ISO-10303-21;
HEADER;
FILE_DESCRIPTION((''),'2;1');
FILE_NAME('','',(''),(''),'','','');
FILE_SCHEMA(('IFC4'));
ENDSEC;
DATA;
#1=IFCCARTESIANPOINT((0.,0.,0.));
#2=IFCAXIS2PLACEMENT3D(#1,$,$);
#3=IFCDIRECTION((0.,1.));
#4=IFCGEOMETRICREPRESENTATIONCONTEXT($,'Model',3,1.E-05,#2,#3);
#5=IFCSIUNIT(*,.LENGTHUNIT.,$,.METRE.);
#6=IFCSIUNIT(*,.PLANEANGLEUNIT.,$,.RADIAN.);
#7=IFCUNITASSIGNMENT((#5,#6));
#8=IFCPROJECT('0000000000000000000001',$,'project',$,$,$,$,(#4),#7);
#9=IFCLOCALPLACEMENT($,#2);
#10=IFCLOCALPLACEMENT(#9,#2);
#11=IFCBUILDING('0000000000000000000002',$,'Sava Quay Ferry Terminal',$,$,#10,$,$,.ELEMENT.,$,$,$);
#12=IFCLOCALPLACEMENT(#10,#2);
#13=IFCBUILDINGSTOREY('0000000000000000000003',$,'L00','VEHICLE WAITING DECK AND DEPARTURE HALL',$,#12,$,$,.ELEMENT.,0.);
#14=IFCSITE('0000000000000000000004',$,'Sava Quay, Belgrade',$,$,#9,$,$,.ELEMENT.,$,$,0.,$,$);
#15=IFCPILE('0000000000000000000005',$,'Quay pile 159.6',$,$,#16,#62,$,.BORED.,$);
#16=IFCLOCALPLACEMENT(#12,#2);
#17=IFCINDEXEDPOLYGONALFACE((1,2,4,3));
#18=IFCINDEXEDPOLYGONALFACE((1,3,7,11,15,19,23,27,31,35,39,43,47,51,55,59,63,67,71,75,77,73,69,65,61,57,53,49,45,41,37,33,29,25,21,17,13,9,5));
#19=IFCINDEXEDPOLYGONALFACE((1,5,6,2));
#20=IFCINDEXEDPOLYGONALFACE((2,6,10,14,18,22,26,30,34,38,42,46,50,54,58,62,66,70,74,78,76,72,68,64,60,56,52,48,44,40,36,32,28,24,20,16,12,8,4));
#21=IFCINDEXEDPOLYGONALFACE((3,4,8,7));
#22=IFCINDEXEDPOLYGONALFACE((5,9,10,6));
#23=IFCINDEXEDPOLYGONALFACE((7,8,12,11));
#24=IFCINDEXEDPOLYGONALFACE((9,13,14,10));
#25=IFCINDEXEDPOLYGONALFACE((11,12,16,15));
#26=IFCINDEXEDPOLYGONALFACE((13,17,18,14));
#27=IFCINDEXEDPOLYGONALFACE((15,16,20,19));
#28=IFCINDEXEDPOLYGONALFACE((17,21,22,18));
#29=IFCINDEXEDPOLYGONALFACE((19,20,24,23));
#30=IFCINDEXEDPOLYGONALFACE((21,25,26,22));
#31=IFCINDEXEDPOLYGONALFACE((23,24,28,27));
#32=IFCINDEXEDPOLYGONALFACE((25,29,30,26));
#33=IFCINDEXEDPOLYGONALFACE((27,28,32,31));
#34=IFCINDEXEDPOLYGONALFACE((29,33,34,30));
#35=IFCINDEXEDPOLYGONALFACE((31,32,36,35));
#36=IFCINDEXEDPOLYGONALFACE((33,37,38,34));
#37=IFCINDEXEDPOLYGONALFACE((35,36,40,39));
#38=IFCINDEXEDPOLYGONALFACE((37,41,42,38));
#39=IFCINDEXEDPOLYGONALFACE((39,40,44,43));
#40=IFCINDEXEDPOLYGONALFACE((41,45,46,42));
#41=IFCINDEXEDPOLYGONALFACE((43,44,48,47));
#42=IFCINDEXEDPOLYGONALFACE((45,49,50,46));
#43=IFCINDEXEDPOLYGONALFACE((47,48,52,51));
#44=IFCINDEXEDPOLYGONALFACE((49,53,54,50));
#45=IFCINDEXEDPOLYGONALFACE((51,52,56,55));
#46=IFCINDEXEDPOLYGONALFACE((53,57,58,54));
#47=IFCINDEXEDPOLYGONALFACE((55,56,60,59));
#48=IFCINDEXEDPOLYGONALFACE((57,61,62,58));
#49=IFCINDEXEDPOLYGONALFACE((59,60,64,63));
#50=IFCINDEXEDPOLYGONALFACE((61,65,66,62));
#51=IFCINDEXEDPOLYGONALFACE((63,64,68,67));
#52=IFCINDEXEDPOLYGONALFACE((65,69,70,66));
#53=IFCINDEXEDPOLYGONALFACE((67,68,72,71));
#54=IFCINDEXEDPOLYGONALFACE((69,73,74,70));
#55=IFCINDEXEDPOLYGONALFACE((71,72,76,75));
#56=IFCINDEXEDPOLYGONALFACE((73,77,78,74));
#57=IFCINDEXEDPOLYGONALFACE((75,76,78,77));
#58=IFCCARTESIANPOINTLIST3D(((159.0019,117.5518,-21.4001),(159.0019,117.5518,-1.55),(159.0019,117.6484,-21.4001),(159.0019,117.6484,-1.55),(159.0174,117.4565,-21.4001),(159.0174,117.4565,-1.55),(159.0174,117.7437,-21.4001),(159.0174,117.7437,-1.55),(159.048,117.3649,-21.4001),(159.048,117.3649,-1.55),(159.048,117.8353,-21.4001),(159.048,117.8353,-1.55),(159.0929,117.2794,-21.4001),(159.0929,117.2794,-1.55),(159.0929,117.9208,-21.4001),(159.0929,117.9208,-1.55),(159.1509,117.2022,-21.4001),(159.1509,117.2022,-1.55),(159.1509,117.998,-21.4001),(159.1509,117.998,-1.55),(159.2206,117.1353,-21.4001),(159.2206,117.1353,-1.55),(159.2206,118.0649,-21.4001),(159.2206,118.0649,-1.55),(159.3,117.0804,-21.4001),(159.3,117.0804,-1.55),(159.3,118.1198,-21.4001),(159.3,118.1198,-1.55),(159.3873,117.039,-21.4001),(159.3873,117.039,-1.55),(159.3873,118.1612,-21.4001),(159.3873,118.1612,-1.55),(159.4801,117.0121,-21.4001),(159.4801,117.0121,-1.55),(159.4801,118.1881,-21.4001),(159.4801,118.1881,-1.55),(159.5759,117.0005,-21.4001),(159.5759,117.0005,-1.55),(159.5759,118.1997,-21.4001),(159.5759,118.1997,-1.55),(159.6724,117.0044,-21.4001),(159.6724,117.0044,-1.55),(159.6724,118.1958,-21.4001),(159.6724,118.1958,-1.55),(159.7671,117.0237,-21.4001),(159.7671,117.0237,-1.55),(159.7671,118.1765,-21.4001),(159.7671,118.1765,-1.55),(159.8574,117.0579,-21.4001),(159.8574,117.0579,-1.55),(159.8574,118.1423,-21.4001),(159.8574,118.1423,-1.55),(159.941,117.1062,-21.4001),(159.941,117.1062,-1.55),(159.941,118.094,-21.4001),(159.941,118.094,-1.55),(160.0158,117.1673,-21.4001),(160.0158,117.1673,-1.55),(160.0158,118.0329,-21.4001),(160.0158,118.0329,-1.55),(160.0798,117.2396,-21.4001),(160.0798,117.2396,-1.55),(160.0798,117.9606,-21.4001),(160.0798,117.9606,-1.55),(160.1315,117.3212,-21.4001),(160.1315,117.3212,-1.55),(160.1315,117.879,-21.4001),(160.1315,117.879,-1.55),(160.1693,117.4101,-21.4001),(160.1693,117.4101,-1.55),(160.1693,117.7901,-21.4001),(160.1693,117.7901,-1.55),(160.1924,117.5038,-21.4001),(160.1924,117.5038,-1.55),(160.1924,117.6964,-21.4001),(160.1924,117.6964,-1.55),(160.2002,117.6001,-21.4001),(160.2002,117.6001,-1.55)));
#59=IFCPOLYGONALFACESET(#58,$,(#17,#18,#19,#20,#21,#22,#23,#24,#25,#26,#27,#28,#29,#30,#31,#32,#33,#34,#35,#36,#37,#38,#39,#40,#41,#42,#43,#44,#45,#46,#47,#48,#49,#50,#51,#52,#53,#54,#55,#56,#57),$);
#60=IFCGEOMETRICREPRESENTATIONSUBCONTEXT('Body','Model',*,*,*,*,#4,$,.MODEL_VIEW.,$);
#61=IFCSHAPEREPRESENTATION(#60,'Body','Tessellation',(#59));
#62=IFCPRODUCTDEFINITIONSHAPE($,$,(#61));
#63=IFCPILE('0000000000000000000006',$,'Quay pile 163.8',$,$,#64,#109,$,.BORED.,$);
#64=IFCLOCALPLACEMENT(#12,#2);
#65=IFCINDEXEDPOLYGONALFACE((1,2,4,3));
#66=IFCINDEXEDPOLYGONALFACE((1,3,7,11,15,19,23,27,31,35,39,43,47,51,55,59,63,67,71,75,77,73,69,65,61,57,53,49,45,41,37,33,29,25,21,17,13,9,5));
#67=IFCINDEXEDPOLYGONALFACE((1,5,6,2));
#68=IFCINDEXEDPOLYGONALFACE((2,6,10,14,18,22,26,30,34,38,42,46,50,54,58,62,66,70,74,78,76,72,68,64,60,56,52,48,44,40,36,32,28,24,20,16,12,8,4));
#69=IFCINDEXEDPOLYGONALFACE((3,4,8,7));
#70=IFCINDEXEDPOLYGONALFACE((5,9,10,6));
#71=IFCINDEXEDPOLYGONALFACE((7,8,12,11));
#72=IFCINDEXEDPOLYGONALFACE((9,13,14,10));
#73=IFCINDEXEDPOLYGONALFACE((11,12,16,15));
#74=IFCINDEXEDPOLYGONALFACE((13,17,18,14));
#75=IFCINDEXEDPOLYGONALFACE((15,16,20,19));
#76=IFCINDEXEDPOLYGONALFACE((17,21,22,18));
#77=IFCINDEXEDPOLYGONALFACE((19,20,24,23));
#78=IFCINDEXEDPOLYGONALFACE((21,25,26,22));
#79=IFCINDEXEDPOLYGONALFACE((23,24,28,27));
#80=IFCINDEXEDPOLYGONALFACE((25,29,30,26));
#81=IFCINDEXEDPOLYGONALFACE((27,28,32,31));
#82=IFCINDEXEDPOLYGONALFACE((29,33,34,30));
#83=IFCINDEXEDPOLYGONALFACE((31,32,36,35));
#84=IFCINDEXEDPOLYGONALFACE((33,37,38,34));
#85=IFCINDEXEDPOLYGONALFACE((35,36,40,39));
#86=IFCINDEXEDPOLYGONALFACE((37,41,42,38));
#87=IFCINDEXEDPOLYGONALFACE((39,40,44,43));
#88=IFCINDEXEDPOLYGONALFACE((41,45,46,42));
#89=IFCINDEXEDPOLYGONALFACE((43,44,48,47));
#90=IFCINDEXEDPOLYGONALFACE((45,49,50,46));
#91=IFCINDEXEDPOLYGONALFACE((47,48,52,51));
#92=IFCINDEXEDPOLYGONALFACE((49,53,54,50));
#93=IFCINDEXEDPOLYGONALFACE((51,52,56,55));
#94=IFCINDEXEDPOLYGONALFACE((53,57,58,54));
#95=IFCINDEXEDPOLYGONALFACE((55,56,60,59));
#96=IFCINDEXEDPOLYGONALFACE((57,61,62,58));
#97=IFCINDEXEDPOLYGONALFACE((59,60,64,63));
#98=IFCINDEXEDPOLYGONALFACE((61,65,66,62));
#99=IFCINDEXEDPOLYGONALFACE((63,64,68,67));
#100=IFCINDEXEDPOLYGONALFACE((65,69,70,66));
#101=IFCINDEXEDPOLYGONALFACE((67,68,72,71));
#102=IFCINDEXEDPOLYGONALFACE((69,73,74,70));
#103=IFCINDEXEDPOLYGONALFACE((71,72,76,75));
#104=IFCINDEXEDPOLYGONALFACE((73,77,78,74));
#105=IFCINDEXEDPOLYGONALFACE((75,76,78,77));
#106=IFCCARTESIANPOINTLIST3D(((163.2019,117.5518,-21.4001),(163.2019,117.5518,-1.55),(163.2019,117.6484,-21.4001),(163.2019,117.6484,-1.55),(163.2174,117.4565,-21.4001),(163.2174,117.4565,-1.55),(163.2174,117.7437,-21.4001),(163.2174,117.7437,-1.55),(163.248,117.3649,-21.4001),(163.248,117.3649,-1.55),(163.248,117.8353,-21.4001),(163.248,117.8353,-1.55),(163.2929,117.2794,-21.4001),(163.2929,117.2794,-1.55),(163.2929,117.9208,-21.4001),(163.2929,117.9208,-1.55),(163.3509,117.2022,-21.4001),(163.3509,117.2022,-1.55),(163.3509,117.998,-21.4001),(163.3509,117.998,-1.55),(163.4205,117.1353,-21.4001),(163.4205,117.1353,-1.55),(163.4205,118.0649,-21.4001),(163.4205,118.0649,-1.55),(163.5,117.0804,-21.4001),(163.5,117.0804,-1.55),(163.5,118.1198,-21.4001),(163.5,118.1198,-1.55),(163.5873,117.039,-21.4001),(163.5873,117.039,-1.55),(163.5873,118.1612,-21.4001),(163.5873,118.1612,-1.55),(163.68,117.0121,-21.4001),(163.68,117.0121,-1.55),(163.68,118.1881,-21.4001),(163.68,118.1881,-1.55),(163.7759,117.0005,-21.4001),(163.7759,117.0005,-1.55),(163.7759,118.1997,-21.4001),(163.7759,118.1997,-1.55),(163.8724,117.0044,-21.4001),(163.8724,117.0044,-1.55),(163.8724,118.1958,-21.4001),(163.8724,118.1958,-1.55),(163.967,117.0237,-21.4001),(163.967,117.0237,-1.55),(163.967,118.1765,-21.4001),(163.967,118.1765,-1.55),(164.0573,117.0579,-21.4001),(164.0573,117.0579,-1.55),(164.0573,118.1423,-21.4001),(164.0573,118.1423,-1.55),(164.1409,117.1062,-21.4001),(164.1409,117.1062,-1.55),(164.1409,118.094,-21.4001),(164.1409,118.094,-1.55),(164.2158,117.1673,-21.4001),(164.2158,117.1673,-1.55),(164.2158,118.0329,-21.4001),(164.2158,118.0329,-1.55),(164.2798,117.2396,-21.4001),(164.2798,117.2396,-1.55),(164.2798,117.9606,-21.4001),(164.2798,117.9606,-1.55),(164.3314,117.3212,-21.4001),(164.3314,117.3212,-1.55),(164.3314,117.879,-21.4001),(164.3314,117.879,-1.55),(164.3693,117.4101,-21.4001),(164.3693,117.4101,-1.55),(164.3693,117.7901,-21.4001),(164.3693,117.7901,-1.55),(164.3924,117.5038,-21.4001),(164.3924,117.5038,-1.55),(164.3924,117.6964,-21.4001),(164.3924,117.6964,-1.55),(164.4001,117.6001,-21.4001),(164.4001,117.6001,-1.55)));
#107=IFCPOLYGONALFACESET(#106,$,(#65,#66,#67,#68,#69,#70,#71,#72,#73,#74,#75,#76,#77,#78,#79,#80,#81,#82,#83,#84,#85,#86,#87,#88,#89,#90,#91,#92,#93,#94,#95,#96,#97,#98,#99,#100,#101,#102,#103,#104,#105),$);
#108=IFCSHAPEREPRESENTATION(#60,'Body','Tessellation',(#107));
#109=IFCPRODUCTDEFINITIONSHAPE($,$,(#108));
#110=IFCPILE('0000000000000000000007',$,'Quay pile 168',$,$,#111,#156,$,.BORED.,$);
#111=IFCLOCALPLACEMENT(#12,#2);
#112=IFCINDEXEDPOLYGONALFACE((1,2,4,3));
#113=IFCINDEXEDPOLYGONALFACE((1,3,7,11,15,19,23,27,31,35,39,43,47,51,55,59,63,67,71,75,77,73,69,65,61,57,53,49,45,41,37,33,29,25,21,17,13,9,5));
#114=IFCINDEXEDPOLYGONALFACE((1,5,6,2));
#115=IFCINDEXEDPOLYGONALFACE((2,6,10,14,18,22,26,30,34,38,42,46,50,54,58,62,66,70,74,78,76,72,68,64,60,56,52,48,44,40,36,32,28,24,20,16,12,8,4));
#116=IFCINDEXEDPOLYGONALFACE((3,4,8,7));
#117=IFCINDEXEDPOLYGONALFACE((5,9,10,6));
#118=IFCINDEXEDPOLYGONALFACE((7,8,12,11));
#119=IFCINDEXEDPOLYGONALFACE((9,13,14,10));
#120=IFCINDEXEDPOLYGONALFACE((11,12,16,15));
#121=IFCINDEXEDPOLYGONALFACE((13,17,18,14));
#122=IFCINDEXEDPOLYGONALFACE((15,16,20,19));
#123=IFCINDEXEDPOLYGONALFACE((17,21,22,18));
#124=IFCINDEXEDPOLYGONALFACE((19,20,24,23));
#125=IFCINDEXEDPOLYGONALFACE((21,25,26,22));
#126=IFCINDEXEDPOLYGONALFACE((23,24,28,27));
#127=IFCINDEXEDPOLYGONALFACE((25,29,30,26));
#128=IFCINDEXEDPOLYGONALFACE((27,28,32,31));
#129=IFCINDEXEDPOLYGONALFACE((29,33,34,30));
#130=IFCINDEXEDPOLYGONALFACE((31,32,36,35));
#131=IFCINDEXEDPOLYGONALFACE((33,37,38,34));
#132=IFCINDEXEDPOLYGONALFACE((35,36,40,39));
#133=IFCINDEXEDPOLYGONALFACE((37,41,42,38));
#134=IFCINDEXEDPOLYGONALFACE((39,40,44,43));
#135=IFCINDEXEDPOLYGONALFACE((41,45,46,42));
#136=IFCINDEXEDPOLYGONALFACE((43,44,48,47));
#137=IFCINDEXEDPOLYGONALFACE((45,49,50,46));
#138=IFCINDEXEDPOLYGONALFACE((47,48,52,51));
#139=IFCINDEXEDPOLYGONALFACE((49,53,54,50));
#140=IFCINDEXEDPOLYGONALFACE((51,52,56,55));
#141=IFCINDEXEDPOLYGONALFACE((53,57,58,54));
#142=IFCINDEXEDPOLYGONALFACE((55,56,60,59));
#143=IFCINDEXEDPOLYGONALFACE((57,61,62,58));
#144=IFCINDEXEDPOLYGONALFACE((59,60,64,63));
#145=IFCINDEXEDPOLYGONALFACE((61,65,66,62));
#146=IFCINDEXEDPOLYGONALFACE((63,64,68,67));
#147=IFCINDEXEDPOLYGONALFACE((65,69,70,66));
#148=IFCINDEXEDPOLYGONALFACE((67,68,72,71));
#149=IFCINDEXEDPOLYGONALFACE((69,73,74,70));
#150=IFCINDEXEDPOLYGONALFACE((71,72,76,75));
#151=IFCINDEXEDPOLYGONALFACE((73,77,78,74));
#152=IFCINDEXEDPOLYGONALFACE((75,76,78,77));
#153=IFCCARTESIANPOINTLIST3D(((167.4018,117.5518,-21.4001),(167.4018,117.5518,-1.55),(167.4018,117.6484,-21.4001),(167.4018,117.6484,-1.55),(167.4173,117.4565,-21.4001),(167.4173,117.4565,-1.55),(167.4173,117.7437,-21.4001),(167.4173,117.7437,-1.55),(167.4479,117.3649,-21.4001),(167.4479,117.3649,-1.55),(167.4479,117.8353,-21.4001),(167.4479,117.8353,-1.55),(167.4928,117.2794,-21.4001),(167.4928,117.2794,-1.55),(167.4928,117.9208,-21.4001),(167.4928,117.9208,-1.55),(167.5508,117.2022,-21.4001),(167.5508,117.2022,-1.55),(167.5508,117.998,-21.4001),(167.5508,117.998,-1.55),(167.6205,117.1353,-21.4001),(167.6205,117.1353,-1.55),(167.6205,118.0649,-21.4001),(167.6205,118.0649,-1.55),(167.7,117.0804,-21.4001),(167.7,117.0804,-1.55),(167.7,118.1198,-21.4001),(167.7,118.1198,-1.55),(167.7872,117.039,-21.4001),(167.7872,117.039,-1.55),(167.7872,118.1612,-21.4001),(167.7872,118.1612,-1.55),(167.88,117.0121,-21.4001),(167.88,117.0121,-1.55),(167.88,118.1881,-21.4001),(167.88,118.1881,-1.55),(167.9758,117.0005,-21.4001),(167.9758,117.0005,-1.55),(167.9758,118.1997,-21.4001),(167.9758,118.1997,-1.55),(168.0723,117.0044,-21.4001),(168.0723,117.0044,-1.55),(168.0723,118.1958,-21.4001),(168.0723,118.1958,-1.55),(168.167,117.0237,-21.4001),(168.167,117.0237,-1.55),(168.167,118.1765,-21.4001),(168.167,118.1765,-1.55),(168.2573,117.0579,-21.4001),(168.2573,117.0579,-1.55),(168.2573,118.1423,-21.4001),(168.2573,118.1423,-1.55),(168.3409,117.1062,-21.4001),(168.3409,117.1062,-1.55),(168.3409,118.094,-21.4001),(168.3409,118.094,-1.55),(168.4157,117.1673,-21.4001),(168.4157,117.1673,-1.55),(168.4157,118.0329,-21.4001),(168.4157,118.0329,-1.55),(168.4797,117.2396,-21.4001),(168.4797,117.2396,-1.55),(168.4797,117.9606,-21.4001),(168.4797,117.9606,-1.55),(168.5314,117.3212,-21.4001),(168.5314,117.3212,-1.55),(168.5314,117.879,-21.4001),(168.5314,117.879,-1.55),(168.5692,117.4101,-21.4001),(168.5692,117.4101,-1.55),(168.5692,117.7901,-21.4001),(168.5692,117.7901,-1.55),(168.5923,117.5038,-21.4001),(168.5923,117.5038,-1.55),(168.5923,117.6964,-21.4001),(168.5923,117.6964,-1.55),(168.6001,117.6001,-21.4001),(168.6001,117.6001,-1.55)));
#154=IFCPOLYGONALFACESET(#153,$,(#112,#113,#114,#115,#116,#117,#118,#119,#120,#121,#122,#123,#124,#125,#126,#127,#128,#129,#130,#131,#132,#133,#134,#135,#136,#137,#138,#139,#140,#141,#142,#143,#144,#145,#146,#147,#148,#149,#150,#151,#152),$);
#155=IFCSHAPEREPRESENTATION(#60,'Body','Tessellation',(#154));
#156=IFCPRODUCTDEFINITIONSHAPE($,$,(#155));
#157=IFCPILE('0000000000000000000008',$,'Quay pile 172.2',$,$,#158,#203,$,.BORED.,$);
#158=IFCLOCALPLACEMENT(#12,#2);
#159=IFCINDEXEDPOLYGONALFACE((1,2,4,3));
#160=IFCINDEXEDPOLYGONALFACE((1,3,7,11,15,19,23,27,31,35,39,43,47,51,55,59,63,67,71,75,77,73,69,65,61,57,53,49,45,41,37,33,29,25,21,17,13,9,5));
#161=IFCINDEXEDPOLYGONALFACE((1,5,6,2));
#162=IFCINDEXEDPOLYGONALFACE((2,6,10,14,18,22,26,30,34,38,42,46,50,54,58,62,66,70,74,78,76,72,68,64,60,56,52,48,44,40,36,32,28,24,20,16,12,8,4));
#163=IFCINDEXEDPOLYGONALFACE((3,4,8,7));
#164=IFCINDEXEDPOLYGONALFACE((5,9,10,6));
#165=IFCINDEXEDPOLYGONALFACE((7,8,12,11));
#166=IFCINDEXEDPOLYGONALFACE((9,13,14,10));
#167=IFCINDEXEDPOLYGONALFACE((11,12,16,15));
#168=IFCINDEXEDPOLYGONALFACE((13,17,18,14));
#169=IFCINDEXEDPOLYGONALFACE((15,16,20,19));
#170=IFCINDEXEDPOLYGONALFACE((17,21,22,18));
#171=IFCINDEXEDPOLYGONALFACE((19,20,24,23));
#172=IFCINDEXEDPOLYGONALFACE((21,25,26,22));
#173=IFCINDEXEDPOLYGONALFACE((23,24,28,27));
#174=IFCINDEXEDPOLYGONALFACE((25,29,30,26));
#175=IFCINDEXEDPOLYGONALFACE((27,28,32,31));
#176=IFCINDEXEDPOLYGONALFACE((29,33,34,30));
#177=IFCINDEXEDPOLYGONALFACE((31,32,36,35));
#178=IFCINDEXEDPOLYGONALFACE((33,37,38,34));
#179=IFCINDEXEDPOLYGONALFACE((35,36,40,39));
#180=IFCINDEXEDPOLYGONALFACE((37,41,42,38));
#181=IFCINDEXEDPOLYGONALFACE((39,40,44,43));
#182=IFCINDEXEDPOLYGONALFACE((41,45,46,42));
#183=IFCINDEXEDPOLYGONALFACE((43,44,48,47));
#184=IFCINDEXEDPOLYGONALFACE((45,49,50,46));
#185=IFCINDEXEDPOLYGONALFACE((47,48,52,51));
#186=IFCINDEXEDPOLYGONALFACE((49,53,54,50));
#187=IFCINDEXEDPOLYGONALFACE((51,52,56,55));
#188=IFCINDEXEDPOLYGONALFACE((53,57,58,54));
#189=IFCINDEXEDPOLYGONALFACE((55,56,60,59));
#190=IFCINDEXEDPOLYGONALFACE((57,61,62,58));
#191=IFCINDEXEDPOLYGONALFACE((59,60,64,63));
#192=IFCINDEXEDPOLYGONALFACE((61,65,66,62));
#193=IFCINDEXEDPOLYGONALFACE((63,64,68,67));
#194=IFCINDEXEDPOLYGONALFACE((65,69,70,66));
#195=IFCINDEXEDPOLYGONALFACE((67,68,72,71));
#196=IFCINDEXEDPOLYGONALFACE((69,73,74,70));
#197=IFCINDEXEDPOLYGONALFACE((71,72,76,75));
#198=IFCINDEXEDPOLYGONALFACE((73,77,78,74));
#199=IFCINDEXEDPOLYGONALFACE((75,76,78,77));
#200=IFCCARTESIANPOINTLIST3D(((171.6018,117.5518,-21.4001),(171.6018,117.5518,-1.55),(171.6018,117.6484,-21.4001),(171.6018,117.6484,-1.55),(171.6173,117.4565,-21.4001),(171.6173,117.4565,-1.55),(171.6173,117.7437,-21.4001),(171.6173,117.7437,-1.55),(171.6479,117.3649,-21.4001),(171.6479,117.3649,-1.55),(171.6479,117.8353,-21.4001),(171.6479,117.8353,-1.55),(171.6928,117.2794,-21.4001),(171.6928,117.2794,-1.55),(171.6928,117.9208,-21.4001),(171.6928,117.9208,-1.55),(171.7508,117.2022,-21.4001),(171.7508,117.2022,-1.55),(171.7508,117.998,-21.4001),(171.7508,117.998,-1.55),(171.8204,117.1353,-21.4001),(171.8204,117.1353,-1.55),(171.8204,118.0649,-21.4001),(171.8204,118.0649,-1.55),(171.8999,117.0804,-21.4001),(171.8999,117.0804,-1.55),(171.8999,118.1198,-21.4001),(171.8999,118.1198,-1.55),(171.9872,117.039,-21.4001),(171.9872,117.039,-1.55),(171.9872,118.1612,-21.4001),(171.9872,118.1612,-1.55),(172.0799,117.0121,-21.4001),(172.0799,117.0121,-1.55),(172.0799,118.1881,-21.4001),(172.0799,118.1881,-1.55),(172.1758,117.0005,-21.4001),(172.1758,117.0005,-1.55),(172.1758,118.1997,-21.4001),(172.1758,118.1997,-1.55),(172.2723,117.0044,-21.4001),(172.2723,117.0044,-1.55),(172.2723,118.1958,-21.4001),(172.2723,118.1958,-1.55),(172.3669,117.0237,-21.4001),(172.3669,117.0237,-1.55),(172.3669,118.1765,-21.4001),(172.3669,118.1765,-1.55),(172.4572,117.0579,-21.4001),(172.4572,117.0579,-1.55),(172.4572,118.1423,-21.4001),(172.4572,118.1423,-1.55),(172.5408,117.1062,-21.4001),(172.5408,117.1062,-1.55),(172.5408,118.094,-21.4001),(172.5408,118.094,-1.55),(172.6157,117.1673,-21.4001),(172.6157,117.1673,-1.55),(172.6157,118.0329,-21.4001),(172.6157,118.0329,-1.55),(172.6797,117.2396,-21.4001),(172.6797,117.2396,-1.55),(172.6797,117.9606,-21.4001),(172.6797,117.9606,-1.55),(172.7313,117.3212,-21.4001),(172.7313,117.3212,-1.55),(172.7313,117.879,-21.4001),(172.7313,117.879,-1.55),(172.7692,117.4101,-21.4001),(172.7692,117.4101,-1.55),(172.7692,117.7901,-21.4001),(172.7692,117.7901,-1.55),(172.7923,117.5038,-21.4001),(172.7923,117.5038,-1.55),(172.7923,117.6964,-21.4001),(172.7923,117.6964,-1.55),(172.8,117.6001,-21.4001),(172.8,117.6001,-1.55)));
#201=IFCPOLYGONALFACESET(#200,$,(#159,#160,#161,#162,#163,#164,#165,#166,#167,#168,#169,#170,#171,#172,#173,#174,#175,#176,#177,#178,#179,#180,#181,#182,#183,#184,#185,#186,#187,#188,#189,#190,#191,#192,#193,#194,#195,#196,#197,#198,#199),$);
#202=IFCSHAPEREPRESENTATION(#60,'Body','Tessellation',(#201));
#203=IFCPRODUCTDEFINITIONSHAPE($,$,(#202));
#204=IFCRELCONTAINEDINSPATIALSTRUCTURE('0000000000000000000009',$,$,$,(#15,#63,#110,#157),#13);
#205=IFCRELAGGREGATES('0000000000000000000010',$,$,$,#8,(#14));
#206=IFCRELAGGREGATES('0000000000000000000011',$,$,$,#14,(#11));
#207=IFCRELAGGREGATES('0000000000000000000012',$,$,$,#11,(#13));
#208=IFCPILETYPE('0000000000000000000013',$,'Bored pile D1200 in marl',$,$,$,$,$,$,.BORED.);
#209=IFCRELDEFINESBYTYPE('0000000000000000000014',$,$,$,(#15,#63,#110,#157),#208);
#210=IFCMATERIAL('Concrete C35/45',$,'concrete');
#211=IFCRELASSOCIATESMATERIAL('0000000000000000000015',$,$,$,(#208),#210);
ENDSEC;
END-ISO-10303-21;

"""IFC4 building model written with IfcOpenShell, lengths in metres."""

from ifc_helpers import new_model, si_unit, direction, frame, origin, origin_2d, place, context, subcontext, project, spatial, circle, extrude, material, material_profile, profile_set, type_object, element, save


model = new_model("IFC4")

# Units and contexts
model_context = context("Model", 3, precision=1e-05, world=origin(), true_north=direction((0.0, 1.0)))
body_context = subcontext(model_context, "Body", "Model", "MODEL_VIEW")
ifc_project = project(units=[si_unit("LENGTHUNIT", "METRE"), si_unit("PLANEANGLEUNIT", "RADIAN")], contexts=[model_context])

# Site, building, storey
site_placement = place(None, origin())
site = spatial("IfcSite", under=ifc_project, at=site_placement, Name="Sava Quay, Belgrade", CompositionType="ELEMENT", RefElevation=0.0)
building_placement = place(site_placement, origin())
building = spatial("IfcBuilding", under=site, at=building_placement, Name="Sava Quay Ferry Terminal", CompositionType="ELEMENT")
storey_placement = place(building_placement, origin())
storey = spatial("IfcBuildingStorey", under=building, at=storey_placement, Name="L00", Description="VEHICLE WAITING DECK AND DEPARTURE HALL", CompositionType="ELEMENT", Elevation=0.0)

# Piles
ifc_material_1 = material(Name="Concrete C35/45", Category="concrete")
ifc_material_profile_1 = material_profile(ifc_material_1, circle(Radius=0.6001, at=origin_2d()), Name="Bored pile D1200 in marl")
ifc_profile_set_1 = profile_set([ifc_material_profile_1], Name="Concrete C35/45")
pile_type_1 = type_object("IfcPileType", Name="Bored pile D1200 in marl", PredefinedType="BORED", material=ifc_profile_set_1)
for number, where, z_axis, x_axis, name in (
    (1, (159.6001, 117.6001, -1.55), (0.0, 0.0, -1.0), (1.0, 0.0, 0.0), "Quay pile 159.6"),
    (2, (163.8, 117.6001, -1.55), (0.0, 0.0, -1.0), (1.0, 0.0, 0.0), "Quay pile 163.8"),
    (3, (168.0, 117.6001, -1.55), (0.0, 0.0, -1.0), (1.0, 0.0, 0.0), "Quay pile 168"),
    (4, (172.2, 117.6001, -1.55), (0.0, 0.0, -1.0), (1.0, 0.0, 0.0), "Quay pile 172.2"),
):
    element("IfcPile", number, at=place(storey_placement, frame(where, z_axis=z_axis, x_axis=x_axis)), inside=storey, type_object=pile_type_1, Name=name, PredefinedType="BORED", context=body_context, shape_type="SweptSolid", body=[
        extrude(circle(Radius=0.6001, at=origin_2d()), origin(), (0.0, 0.0, 1.0), 19.8501),
    ])

save(model, "model.ifc")
